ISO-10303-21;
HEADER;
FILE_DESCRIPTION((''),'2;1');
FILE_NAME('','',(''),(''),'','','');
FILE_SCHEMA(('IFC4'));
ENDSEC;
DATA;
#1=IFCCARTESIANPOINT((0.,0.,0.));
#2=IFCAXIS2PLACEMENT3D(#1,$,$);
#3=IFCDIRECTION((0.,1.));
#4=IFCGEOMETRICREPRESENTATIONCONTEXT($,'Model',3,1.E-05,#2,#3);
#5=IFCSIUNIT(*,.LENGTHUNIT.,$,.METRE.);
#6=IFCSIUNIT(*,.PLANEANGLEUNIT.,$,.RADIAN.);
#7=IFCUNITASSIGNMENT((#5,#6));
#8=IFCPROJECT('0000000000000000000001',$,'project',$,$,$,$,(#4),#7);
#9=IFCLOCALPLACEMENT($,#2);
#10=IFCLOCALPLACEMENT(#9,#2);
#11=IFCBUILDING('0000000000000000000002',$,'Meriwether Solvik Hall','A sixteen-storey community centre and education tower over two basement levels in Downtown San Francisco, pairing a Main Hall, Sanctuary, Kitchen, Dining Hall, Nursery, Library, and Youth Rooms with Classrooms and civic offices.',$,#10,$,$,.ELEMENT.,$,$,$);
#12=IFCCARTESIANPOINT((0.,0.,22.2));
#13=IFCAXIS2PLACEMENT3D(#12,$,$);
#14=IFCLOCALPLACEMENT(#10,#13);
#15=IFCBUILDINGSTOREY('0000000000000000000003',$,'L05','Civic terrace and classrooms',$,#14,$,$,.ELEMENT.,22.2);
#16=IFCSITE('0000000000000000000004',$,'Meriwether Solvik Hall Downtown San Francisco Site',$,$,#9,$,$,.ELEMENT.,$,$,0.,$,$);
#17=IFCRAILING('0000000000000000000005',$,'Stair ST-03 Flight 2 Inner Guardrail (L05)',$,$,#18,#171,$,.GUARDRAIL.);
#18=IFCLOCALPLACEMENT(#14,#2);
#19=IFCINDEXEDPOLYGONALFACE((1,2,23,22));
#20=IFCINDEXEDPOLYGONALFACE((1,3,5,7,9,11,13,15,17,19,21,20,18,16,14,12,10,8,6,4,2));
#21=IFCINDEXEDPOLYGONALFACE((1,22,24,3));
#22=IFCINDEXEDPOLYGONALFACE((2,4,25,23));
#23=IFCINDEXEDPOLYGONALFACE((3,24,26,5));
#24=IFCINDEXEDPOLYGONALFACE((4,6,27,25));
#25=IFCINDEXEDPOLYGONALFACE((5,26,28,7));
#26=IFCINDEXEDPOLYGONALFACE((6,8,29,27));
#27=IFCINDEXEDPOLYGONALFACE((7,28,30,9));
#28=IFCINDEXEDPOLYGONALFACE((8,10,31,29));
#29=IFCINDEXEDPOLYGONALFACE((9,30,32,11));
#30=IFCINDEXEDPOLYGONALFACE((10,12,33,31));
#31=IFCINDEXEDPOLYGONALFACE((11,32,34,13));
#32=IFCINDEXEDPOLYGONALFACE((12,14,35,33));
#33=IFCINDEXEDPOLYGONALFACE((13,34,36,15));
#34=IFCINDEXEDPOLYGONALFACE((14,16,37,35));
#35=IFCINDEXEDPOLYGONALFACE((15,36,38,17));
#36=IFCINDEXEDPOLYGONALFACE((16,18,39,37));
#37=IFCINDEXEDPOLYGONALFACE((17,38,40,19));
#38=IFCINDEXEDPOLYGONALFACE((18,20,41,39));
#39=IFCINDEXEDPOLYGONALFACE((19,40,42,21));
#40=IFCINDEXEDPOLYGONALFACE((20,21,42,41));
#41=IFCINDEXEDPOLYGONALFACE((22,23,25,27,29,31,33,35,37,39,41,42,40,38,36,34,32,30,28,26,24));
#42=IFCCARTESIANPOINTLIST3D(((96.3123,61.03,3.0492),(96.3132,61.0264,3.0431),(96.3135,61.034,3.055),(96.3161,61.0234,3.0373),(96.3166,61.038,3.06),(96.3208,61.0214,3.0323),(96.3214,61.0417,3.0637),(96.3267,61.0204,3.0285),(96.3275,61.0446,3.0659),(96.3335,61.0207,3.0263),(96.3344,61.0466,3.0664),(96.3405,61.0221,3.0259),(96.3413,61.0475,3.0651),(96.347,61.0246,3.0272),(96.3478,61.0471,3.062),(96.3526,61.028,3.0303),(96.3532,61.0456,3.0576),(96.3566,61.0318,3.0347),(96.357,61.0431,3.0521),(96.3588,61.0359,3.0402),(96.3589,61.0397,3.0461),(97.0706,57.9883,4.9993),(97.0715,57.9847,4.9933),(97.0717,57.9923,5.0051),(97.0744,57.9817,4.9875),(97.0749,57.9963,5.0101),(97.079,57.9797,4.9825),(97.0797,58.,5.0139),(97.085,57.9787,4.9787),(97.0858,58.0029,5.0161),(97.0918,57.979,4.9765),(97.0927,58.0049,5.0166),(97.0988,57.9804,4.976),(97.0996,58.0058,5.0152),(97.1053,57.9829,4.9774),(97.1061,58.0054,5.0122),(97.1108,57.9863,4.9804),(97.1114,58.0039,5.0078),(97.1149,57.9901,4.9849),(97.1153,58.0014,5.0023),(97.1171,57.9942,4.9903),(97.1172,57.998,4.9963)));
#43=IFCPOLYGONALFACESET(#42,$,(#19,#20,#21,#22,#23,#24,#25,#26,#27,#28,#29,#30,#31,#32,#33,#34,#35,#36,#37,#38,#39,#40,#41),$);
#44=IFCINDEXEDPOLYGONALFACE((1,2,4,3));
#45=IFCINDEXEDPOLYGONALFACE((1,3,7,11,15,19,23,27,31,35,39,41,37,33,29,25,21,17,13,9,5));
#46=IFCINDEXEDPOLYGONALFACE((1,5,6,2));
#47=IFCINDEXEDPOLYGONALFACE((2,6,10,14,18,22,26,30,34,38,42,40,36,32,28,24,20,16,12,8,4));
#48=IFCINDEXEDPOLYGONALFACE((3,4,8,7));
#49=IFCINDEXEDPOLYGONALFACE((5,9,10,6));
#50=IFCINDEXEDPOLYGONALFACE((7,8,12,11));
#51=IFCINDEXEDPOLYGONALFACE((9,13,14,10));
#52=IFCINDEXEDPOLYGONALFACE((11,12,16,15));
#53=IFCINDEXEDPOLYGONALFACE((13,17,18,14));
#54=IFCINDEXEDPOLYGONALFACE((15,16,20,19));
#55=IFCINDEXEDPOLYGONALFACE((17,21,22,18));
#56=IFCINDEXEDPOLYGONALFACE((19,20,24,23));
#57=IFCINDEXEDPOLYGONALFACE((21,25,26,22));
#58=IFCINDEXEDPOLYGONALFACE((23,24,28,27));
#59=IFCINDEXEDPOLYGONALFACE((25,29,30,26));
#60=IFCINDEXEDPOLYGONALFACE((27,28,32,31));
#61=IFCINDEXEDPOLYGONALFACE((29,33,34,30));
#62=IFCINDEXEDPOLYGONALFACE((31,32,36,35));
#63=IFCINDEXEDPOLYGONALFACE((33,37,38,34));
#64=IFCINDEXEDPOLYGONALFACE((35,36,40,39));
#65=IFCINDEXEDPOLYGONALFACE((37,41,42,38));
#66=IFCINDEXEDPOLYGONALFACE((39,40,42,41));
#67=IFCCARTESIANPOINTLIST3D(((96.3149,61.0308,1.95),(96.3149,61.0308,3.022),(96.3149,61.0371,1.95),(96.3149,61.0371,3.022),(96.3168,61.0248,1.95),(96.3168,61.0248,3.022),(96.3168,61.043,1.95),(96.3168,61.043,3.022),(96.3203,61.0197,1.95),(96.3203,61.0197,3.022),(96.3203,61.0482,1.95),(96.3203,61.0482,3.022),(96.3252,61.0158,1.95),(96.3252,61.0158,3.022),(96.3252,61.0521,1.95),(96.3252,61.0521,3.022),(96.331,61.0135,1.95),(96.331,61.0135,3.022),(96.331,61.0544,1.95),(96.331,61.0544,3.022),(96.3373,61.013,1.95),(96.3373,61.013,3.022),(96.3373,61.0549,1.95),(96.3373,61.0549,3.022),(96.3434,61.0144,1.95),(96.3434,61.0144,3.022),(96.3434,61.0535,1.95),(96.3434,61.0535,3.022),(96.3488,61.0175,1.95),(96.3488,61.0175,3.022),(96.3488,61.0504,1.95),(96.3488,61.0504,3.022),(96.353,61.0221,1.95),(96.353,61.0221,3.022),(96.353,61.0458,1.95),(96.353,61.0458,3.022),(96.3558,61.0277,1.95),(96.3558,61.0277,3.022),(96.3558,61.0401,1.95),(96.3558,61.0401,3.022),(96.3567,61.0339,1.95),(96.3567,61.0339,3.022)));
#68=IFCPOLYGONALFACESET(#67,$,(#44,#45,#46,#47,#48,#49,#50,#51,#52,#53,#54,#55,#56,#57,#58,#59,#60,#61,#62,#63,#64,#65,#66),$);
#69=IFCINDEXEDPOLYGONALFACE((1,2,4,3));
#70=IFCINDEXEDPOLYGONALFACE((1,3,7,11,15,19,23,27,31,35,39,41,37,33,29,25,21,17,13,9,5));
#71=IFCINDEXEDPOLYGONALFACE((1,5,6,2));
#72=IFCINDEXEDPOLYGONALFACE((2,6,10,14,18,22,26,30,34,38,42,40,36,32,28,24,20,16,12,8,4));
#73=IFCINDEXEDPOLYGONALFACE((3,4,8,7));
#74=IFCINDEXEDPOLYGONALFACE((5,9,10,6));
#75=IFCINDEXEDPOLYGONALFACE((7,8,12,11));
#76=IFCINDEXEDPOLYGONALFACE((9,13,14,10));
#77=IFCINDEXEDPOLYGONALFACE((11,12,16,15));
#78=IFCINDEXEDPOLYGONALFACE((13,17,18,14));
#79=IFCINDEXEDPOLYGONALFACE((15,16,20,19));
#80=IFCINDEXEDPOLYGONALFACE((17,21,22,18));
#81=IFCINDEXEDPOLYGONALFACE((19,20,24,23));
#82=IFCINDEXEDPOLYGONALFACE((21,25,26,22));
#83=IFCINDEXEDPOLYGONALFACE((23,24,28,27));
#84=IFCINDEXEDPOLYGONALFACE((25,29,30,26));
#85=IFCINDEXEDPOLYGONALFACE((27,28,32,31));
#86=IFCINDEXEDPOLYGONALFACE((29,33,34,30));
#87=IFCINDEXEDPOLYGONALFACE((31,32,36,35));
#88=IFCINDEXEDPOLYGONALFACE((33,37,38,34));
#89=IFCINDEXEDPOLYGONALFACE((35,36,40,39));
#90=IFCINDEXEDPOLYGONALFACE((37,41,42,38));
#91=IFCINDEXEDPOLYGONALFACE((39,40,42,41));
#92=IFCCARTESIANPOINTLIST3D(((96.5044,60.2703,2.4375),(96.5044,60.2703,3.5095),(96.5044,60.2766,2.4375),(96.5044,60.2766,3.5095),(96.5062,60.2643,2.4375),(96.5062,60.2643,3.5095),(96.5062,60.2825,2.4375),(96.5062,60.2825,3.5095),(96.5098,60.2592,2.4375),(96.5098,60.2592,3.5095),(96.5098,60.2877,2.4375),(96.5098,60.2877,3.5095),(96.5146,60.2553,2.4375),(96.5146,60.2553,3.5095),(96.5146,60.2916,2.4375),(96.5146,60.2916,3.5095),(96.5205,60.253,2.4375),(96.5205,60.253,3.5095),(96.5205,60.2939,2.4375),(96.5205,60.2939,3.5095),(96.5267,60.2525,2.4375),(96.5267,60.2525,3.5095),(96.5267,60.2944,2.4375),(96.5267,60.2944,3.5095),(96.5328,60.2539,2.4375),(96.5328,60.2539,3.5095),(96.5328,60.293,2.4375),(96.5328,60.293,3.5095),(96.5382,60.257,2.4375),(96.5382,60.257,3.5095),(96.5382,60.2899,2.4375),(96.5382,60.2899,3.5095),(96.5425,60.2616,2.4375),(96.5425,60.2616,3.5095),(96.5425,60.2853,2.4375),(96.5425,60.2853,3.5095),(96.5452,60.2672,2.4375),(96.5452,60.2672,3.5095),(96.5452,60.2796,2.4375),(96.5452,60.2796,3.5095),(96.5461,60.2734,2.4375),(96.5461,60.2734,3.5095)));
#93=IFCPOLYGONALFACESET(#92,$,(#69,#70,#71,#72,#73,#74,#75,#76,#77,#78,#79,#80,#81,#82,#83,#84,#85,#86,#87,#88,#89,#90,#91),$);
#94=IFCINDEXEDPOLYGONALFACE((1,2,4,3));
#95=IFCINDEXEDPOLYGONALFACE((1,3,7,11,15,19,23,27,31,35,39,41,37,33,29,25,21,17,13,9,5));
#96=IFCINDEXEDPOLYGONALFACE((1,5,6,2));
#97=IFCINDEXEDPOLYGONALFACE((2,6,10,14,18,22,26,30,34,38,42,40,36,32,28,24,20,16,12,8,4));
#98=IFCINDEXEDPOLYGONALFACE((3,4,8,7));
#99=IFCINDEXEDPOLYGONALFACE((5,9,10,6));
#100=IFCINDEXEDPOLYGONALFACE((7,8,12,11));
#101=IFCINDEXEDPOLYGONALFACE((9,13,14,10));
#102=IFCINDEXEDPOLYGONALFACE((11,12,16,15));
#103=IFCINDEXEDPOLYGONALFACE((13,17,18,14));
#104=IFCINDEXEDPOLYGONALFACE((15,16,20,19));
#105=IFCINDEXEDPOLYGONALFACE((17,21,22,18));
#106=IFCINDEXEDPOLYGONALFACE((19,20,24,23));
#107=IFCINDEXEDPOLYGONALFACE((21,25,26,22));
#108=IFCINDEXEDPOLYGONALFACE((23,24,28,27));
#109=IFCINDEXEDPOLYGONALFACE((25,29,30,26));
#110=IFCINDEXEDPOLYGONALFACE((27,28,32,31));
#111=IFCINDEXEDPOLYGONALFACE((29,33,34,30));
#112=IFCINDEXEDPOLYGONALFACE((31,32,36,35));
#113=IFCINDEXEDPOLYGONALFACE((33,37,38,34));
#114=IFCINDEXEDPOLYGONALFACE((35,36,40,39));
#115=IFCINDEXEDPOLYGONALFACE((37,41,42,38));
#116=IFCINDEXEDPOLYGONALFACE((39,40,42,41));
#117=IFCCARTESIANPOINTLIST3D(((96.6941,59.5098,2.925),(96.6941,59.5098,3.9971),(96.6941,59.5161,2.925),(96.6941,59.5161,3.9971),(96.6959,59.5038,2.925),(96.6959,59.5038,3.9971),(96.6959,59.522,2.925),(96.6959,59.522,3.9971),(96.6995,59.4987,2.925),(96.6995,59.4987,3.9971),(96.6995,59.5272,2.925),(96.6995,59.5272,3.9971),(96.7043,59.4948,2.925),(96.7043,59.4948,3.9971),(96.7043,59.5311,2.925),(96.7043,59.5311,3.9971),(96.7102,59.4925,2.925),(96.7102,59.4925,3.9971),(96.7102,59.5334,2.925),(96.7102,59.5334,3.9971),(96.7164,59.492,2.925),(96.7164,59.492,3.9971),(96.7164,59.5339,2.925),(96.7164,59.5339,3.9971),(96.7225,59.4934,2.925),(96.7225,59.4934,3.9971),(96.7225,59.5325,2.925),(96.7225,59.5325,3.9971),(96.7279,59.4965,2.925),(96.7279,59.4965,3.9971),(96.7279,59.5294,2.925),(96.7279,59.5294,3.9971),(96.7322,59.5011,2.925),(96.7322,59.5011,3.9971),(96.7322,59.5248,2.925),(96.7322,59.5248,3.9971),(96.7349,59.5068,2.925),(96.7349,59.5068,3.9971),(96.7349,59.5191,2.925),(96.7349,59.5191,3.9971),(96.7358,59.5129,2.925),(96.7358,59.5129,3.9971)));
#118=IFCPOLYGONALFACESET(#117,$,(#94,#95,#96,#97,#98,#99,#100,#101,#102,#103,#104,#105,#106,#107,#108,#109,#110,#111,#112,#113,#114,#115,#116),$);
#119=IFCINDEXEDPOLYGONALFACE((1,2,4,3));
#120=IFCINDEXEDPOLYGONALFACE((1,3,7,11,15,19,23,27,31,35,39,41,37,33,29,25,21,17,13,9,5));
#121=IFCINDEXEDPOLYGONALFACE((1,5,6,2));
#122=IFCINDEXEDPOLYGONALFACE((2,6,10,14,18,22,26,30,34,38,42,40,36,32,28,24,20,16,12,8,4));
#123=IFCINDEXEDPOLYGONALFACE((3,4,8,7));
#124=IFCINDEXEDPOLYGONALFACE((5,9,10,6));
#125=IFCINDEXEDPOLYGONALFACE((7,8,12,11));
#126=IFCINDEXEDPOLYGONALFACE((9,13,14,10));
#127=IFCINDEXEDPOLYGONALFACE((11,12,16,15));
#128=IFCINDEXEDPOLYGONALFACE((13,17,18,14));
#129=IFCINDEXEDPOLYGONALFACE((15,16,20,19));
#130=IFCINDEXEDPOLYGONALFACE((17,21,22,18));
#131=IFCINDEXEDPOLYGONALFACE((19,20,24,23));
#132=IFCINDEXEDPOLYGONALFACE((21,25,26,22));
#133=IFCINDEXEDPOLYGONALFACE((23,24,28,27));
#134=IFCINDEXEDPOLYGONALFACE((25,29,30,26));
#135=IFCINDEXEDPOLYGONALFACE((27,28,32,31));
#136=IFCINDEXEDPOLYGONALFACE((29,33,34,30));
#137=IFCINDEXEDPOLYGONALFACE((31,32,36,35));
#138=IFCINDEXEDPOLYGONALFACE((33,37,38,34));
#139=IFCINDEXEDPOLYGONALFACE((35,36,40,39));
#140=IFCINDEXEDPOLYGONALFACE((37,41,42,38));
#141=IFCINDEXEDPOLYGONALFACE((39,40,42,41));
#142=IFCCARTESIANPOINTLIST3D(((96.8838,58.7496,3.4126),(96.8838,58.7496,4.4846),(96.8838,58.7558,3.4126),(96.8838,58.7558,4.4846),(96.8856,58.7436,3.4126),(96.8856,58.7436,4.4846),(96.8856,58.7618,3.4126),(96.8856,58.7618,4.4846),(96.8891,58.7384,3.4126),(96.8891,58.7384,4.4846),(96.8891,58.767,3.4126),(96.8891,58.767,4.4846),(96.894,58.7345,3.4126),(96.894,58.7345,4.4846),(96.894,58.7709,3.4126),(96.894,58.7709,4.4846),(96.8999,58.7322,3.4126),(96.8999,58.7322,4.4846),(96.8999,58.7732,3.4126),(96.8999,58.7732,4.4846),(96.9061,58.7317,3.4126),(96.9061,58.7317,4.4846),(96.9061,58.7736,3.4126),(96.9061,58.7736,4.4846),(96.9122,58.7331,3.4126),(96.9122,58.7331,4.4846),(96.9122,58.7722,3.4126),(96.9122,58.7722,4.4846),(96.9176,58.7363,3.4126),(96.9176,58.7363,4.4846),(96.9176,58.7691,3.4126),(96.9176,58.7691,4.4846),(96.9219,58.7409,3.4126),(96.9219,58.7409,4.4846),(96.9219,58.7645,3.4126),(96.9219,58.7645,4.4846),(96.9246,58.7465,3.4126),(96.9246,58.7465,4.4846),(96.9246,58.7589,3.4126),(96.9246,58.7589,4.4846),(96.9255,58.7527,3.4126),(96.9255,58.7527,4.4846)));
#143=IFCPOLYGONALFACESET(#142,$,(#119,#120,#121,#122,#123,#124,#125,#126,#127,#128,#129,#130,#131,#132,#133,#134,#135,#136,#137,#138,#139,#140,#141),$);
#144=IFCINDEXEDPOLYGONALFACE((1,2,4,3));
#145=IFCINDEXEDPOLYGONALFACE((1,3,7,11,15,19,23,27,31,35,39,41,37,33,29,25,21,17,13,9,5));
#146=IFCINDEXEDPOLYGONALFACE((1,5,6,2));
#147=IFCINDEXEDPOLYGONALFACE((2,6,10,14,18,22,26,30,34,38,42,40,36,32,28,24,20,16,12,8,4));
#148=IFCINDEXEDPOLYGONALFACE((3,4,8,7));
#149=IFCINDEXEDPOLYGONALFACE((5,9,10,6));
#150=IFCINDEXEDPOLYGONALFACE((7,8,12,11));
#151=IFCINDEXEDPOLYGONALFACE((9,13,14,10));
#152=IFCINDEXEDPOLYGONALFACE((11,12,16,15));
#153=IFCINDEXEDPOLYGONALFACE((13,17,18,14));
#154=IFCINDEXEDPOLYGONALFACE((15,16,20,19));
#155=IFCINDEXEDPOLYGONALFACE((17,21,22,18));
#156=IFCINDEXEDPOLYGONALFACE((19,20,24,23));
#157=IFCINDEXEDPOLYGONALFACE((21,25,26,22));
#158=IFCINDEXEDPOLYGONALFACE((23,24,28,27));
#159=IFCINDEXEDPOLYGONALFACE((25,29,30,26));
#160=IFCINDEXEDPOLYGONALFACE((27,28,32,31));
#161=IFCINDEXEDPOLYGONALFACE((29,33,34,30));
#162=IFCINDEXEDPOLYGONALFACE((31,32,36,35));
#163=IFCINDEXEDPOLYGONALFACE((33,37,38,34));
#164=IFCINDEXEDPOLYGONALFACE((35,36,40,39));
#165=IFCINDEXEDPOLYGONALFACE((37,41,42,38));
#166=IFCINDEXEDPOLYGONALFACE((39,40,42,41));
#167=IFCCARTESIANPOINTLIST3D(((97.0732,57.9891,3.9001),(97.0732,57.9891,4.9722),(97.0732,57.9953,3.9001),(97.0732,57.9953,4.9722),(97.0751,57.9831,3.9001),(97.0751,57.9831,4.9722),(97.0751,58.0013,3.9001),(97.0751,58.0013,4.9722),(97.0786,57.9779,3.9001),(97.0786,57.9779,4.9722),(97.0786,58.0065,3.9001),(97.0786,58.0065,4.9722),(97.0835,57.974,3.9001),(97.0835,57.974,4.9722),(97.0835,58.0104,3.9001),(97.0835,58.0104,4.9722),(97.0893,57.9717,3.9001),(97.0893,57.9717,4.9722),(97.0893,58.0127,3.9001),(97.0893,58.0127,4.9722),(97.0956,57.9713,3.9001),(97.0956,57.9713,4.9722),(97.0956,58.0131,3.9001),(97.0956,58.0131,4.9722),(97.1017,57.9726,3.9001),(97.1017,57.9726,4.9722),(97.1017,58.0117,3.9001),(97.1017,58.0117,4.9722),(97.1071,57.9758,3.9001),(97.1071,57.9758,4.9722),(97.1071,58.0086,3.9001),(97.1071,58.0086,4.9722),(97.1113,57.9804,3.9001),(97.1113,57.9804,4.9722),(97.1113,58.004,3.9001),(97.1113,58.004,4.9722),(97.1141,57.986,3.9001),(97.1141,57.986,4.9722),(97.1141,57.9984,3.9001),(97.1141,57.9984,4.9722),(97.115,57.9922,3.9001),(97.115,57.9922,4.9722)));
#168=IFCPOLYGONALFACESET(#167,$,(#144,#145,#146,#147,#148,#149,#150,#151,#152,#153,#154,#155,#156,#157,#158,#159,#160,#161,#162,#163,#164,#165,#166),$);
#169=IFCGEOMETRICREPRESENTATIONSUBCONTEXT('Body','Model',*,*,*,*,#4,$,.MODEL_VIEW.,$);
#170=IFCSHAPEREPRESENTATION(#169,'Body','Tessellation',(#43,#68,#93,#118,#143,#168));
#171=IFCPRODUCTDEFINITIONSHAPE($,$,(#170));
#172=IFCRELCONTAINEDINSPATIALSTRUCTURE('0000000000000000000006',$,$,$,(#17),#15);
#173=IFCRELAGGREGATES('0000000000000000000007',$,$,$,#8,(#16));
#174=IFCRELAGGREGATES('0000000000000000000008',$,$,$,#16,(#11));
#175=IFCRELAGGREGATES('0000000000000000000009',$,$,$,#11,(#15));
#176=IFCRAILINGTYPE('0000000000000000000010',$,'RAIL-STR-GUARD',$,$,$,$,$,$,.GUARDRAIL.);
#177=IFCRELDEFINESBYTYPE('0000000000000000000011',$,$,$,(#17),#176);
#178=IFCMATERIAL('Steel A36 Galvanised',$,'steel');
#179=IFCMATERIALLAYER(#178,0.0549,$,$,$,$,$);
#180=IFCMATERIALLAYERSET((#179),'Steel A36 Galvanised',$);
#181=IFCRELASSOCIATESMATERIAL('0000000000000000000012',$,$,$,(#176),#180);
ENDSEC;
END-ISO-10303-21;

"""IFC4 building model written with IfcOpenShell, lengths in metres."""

from ifc_helpers import new_model, si_unit, direction, frame, origin, origin_2d, place, context, subcontext, project, spatial, circle, extrude, material, layer, layer_set, type_object, element, save


model = new_model("IFC4")

# Units and contexts
model_context = context("Model", 3, precision=1e-05, world=origin(), true_north=direction((0.0, 1.0)))
body_context = subcontext(model_context, "Body", "Model", "MODEL_VIEW")
ifc_project = project(units=[si_unit("LENGTHUNIT", "METRE"), si_unit("PLANEANGLEUNIT", "RADIAN")], contexts=[model_context])

# Site, building, storey
site_placement = place(None, origin())
site = spatial("IfcSite", under=ifc_project, at=site_placement, Name="Meriwether Solvik Hall Downtown San Francisco Site", CompositionType="ELEMENT", RefElevation=0.0)
building_placement = place(site_placement, origin())
building = spatial("IfcBuilding", under=site, at=building_placement, Name="Meriwether Solvik Hall", Description="A sixteen-storey community centre and education tower over two basement levels in Downtown San Francisco, pairing a Main Hall, Sanctuary, Kitchen, Dining Hall, Nursery, Library, and Youth Rooms with Classrooms and civic offices.", CompositionType="ELEMENT")
storey_placement = place(building_placement, frame((0.0, 0.0, 22.2)))
storey = spatial("IfcBuildingStorey", under=building, at=storey_placement, Name="L05", Description="Civic terrace and classrooms", CompositionType="ELEMENT", Elevation=22.2)

# Railing
ifc_material_1 = material(Name="Steel A36 Galvanised", Category="steel")
ifc_layer_1 = layer(ifc_material_1, 0.0549)
ifc_layer_set_1 = layer_set([ifc_layer_1], Name="Steel A36 Galvanised")
railing_type_1 = type_object("IfcRailingType", Name="RAIL-STR-GUARD", PredefinedType="GUARDRAIL", material=ifc_layer_set_1)
railing_1_placement = place(storey_placement, frame((96.3357, 61.0339, 1.95)))
element("IfcRailing", 1, at=railing_1_placement, inside=storey, type_object=railing_type_1, Name="Stair ST-03 Flight 2 Inner Guardrail (L05)", PredefinedType="GUARDRAIL", context=body_context, shape_type="SweptSolid", body=[
    extrude(circle(Radius=0.0239, at=origin_2d()), frame((0.0, 0.0, 1.0962), z_axis=(0.205393, -0.823886, 0.528229), x_axis=(0.970303, 0.241894, 0.0)), (0.0, 0.0, 1.0), 3.6919),
    extrude(circle(Radius=0.021, at=origin_2d()), origin(), (0.0, 0.0, 1.0), 1.072),
    extrude(circle(Radius=0.021, at=origin_2d()), frame((0.1895, -0.7605, 0.4875)), (0.0, 0.0, 1.0), 1.072),
    extrude(circle(Radius=0.021, at=origin_2d()), frame((0.3792, -1.521, 0.9751)), (0.0, 0.0, 1.0), 1.072),
    extrude(circle(Radius=0.021, at=origin_2d()), frame((0.5688, -2.2812, 1.4626)), (0.0, 0.0, 1.0), 1.072),
    extrude(circle(Radius=0.021, at=origin_2d()), frame((0.7583, -3.0417, 1.9502)), (0.0, 0.0, 1.0), 1.072),
])

save(model, "model.ifc")
